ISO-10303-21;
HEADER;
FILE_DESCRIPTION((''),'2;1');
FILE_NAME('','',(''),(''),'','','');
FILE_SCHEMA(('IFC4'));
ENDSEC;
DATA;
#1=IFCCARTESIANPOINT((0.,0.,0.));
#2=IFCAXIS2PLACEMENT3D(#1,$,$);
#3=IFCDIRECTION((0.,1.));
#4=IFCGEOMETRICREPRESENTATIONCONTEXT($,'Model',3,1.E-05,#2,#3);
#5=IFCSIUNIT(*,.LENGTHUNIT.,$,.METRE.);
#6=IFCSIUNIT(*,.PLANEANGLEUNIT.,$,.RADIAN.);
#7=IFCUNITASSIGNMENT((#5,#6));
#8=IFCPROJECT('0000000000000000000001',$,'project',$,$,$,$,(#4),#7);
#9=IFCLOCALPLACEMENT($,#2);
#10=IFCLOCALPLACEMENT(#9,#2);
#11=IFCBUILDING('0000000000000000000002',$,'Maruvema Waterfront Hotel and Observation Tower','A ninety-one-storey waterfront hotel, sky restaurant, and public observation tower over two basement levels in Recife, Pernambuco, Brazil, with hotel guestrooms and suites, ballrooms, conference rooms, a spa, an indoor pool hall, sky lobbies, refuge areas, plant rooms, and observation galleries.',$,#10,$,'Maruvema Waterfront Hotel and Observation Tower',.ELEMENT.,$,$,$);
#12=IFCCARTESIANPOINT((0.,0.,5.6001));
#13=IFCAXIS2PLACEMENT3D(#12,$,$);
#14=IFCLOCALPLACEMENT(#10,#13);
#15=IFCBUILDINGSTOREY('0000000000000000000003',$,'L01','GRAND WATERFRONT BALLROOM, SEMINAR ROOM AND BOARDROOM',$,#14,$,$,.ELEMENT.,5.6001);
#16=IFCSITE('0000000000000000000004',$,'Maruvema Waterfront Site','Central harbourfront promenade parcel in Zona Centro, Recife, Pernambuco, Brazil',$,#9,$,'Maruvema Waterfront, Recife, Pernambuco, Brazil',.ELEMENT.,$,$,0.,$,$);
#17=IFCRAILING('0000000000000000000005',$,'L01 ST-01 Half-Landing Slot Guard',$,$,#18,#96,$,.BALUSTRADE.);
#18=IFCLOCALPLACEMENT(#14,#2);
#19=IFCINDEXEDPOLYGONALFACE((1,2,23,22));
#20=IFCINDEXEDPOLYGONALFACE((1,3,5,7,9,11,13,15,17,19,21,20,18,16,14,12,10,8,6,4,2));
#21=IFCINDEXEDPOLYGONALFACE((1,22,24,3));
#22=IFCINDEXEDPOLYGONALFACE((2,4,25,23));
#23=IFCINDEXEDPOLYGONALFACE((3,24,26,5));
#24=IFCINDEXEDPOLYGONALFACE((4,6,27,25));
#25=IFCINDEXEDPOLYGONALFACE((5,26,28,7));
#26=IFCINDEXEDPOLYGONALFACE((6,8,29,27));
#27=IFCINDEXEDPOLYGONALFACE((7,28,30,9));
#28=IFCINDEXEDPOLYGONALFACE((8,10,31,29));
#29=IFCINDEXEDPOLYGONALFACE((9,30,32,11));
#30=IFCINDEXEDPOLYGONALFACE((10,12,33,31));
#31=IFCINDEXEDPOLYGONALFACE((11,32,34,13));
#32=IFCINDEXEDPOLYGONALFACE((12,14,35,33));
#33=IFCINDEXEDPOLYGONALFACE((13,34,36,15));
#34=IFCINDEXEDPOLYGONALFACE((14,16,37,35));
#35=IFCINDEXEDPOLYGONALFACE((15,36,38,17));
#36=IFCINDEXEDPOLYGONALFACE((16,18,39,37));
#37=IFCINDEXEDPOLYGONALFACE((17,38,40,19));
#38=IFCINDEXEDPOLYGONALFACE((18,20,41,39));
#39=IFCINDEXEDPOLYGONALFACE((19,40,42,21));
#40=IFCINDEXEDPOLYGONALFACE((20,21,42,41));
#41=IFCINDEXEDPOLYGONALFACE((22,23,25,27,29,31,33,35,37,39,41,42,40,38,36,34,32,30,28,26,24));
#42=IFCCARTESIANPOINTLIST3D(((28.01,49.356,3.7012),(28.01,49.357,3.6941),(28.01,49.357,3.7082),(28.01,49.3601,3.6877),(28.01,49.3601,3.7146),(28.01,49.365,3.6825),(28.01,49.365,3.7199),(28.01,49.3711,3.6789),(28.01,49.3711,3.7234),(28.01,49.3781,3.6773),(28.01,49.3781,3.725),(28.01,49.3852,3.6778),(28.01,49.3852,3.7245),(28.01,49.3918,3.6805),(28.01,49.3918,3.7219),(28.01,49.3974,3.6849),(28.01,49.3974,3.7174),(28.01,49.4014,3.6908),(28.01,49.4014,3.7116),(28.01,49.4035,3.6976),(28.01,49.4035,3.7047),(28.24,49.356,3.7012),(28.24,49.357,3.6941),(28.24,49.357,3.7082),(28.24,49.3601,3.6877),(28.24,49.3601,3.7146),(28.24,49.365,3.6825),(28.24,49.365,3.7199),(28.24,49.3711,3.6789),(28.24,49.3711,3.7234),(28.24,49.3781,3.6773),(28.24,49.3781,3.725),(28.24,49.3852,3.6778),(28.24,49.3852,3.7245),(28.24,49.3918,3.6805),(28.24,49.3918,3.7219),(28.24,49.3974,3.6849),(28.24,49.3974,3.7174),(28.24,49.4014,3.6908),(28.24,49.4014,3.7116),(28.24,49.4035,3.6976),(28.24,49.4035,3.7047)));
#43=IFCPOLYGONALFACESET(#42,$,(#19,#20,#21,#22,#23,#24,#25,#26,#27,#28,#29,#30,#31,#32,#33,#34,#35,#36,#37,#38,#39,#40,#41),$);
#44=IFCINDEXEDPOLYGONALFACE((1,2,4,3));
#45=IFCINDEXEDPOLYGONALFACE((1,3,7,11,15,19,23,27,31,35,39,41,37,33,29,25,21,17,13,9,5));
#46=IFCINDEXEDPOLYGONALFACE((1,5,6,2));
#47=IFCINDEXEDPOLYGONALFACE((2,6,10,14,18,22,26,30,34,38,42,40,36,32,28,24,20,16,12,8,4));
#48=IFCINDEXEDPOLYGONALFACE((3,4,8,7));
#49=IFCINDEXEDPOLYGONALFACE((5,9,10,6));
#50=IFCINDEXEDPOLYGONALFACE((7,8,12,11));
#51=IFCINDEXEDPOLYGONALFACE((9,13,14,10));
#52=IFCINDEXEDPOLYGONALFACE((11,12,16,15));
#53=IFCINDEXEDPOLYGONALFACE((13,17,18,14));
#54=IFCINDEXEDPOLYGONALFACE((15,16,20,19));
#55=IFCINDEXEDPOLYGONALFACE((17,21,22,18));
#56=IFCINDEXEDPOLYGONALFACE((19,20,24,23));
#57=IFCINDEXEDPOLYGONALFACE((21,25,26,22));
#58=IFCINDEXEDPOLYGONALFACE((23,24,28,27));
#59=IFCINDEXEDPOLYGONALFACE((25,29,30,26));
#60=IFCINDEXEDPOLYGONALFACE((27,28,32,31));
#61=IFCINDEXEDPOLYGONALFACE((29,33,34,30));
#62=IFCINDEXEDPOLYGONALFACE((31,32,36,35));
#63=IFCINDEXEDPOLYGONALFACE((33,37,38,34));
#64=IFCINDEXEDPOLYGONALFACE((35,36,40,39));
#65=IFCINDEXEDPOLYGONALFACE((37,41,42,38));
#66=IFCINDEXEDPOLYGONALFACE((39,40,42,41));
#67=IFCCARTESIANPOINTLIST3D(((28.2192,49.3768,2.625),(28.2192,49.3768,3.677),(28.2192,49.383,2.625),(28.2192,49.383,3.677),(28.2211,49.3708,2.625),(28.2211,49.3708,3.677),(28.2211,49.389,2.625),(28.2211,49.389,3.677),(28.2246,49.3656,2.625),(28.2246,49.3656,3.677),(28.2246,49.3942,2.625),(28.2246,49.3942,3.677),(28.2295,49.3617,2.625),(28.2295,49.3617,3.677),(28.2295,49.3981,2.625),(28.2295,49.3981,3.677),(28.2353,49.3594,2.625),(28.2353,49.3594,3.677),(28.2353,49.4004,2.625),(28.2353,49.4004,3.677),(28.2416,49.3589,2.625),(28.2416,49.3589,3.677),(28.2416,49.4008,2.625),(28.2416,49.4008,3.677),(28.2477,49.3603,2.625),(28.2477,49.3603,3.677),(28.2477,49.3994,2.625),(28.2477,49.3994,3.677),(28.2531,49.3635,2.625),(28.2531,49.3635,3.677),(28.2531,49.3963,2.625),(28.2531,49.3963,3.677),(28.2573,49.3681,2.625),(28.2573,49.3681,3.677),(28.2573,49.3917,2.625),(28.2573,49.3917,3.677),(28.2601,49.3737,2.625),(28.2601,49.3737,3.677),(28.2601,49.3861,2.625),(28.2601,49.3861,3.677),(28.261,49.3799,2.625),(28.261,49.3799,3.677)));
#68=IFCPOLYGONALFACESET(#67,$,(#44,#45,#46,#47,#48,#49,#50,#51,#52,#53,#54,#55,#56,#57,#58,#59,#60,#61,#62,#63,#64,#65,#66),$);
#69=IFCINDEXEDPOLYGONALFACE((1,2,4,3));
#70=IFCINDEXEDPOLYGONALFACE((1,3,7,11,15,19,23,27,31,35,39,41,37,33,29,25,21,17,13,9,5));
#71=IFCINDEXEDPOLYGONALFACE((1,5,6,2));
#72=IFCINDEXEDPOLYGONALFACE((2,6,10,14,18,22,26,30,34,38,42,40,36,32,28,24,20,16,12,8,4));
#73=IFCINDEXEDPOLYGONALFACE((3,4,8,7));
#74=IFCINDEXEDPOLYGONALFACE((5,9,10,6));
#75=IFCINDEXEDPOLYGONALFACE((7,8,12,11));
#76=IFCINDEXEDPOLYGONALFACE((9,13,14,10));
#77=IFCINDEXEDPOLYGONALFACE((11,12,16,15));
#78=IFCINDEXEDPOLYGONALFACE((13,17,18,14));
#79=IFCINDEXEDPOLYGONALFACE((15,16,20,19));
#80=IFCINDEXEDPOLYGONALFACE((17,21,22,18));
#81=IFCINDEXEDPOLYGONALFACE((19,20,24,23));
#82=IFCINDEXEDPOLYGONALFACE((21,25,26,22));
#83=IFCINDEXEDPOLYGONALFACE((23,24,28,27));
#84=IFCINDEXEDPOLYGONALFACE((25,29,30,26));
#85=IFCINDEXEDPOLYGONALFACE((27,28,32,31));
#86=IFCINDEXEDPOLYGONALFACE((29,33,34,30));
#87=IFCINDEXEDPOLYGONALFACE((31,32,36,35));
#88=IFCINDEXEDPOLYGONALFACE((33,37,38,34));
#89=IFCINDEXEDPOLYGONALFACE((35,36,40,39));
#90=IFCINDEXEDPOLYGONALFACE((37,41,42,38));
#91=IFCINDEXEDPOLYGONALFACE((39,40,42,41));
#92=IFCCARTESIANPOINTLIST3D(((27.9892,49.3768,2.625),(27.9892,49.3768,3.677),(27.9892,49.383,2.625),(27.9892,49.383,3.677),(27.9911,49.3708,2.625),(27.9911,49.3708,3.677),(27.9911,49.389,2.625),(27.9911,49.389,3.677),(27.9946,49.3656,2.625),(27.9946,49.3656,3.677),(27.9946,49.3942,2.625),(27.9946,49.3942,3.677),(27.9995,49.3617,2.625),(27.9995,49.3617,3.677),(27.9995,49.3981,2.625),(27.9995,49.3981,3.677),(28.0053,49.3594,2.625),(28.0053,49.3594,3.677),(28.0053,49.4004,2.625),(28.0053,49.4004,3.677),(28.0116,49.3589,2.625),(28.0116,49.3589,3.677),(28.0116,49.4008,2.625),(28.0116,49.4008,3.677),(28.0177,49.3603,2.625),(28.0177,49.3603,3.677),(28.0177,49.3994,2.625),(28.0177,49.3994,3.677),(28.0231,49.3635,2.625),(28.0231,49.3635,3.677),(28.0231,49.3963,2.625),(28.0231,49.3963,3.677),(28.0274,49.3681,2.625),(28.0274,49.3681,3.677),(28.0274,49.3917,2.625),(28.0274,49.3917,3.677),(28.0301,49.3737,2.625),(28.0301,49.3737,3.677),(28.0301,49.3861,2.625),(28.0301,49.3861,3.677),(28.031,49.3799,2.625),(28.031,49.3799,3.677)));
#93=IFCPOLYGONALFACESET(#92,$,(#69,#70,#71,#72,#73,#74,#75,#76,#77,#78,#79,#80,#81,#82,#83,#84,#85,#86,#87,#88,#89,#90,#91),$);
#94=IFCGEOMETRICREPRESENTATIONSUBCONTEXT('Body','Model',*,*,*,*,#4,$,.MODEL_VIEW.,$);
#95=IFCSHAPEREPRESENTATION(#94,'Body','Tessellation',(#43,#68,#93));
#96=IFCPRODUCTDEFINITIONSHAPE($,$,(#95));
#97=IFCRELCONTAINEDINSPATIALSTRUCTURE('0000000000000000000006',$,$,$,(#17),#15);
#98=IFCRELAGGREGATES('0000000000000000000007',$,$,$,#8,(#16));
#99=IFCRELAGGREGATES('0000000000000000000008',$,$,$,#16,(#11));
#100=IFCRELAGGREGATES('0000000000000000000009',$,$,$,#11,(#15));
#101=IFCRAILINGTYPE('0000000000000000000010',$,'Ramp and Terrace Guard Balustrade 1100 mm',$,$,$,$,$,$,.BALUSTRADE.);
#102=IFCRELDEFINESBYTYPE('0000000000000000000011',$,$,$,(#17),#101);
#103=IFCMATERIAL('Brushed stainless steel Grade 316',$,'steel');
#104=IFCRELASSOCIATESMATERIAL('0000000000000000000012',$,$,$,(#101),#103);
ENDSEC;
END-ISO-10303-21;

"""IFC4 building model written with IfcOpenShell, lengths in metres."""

from ifc_helpers import new_model, si_unit, direction, frame, origin, origin_2d, place, context, subcontext, project, spatial, circle, extrude, material, type_object, element, save


model = new_model("IFC4")

# Units and contexts
model_context = context("Model", 3, precision=1e-05, world=origin(), true_north=direction((0.0, 1.0)))
body_context = subcontext(model_context, "Body", "Model", "MODEL_VIEW")
ifc_project = project(units=[si_unit("LENGTHUNIT", "METRE"), si_unit("PLANEANGLEUNIT", "RADIAN")], contexts=[model_context])

# Site, building, storey
site_placement = place(None, origin())
site = spatial("IfcSite", under=ifc_project, at=site_placement, Name="Maruvema Waterfront Site", Description="Central harbourfront promenade parcel in Zona Centro, Recife, Pernambuco, Brazil", LongName="Maruvema Waterfront, Recife, Pernambuco, Brazil", CompositionType="ELEMENT", RefElevation=0.0)
building_placement = place(site_placement, origin())
building = spatial("IfcBuilding", under=site, at=building_placement, Name="Maruvema Waterfront Hotel and Observation Tower", Description="A ninety-one-storey waterfront hotel, sky restaurant, and public observation tower over two basement levels in Recife, Pernambuco, Brazil, with hotel guestrooms and suites, ballrooms, conference rooms, a spa, an indoor pool hall, sky lobbies, refuge areas, plant rooms, and observation galleries.", LongName="Maruvema Waterfront Hotel and Observation Tower", CompositionType="ELEMENT")
storey_placement = place(building_placement, frame((0.0, 0.0, 5.6001)))
storey = spatial("IfcBuildingStorey", under=building, at=storey_placement, Name="L01", Description="GRAND WATERFRONT BALLROOM, SEMINAR ROOM AND BOARDROOM", CompositionType="ELEMENT", Elevation=5.6001)

# Railing
ifc_material_1 = material(Name="Brushed stainless steel Grade 316", Category="steel")
railing_type_1 = type_object("IfcRailingType", Name="Ramp and Terrace Guard Balustrade 1100 mm", PredefinedType="BALUSTRADE", material=ifc_material_1)
railing_1_placement = place(storey_placement, frame((28.24, 49.3799, 2.625)))
element("IfcRailing", 1, at=railing_1_placement, inside=storey, type_object=railing_type_1, Name="L01 ST-01 Half-Landing Slot Guard", PredefinedType="BALUSTRADE", context=body_context, shape_type="SweptSolid", body=[
    extrude(circle(Radius=0.0239, at=origin_2d()), frame((0.0, 0.0, 1.0762), z_axis=(-1.0, 0.0, 0.0), x_axis=(0.0, -1.0, 0.0)), (0.0, 0.0, 1.0), 0.23),
    extrude(circle(Radius=0.021, at=origin_2d()), origin(), (0.0, 0.0, 1.0), 1.052),
    extrude(circle(Radius=0.021, at=origin_2d()), frame((-0.23, 0.0, 0.0)), (0.0, 0.0, 1.0), 1.052),
])

save(model, "model.ifc")
